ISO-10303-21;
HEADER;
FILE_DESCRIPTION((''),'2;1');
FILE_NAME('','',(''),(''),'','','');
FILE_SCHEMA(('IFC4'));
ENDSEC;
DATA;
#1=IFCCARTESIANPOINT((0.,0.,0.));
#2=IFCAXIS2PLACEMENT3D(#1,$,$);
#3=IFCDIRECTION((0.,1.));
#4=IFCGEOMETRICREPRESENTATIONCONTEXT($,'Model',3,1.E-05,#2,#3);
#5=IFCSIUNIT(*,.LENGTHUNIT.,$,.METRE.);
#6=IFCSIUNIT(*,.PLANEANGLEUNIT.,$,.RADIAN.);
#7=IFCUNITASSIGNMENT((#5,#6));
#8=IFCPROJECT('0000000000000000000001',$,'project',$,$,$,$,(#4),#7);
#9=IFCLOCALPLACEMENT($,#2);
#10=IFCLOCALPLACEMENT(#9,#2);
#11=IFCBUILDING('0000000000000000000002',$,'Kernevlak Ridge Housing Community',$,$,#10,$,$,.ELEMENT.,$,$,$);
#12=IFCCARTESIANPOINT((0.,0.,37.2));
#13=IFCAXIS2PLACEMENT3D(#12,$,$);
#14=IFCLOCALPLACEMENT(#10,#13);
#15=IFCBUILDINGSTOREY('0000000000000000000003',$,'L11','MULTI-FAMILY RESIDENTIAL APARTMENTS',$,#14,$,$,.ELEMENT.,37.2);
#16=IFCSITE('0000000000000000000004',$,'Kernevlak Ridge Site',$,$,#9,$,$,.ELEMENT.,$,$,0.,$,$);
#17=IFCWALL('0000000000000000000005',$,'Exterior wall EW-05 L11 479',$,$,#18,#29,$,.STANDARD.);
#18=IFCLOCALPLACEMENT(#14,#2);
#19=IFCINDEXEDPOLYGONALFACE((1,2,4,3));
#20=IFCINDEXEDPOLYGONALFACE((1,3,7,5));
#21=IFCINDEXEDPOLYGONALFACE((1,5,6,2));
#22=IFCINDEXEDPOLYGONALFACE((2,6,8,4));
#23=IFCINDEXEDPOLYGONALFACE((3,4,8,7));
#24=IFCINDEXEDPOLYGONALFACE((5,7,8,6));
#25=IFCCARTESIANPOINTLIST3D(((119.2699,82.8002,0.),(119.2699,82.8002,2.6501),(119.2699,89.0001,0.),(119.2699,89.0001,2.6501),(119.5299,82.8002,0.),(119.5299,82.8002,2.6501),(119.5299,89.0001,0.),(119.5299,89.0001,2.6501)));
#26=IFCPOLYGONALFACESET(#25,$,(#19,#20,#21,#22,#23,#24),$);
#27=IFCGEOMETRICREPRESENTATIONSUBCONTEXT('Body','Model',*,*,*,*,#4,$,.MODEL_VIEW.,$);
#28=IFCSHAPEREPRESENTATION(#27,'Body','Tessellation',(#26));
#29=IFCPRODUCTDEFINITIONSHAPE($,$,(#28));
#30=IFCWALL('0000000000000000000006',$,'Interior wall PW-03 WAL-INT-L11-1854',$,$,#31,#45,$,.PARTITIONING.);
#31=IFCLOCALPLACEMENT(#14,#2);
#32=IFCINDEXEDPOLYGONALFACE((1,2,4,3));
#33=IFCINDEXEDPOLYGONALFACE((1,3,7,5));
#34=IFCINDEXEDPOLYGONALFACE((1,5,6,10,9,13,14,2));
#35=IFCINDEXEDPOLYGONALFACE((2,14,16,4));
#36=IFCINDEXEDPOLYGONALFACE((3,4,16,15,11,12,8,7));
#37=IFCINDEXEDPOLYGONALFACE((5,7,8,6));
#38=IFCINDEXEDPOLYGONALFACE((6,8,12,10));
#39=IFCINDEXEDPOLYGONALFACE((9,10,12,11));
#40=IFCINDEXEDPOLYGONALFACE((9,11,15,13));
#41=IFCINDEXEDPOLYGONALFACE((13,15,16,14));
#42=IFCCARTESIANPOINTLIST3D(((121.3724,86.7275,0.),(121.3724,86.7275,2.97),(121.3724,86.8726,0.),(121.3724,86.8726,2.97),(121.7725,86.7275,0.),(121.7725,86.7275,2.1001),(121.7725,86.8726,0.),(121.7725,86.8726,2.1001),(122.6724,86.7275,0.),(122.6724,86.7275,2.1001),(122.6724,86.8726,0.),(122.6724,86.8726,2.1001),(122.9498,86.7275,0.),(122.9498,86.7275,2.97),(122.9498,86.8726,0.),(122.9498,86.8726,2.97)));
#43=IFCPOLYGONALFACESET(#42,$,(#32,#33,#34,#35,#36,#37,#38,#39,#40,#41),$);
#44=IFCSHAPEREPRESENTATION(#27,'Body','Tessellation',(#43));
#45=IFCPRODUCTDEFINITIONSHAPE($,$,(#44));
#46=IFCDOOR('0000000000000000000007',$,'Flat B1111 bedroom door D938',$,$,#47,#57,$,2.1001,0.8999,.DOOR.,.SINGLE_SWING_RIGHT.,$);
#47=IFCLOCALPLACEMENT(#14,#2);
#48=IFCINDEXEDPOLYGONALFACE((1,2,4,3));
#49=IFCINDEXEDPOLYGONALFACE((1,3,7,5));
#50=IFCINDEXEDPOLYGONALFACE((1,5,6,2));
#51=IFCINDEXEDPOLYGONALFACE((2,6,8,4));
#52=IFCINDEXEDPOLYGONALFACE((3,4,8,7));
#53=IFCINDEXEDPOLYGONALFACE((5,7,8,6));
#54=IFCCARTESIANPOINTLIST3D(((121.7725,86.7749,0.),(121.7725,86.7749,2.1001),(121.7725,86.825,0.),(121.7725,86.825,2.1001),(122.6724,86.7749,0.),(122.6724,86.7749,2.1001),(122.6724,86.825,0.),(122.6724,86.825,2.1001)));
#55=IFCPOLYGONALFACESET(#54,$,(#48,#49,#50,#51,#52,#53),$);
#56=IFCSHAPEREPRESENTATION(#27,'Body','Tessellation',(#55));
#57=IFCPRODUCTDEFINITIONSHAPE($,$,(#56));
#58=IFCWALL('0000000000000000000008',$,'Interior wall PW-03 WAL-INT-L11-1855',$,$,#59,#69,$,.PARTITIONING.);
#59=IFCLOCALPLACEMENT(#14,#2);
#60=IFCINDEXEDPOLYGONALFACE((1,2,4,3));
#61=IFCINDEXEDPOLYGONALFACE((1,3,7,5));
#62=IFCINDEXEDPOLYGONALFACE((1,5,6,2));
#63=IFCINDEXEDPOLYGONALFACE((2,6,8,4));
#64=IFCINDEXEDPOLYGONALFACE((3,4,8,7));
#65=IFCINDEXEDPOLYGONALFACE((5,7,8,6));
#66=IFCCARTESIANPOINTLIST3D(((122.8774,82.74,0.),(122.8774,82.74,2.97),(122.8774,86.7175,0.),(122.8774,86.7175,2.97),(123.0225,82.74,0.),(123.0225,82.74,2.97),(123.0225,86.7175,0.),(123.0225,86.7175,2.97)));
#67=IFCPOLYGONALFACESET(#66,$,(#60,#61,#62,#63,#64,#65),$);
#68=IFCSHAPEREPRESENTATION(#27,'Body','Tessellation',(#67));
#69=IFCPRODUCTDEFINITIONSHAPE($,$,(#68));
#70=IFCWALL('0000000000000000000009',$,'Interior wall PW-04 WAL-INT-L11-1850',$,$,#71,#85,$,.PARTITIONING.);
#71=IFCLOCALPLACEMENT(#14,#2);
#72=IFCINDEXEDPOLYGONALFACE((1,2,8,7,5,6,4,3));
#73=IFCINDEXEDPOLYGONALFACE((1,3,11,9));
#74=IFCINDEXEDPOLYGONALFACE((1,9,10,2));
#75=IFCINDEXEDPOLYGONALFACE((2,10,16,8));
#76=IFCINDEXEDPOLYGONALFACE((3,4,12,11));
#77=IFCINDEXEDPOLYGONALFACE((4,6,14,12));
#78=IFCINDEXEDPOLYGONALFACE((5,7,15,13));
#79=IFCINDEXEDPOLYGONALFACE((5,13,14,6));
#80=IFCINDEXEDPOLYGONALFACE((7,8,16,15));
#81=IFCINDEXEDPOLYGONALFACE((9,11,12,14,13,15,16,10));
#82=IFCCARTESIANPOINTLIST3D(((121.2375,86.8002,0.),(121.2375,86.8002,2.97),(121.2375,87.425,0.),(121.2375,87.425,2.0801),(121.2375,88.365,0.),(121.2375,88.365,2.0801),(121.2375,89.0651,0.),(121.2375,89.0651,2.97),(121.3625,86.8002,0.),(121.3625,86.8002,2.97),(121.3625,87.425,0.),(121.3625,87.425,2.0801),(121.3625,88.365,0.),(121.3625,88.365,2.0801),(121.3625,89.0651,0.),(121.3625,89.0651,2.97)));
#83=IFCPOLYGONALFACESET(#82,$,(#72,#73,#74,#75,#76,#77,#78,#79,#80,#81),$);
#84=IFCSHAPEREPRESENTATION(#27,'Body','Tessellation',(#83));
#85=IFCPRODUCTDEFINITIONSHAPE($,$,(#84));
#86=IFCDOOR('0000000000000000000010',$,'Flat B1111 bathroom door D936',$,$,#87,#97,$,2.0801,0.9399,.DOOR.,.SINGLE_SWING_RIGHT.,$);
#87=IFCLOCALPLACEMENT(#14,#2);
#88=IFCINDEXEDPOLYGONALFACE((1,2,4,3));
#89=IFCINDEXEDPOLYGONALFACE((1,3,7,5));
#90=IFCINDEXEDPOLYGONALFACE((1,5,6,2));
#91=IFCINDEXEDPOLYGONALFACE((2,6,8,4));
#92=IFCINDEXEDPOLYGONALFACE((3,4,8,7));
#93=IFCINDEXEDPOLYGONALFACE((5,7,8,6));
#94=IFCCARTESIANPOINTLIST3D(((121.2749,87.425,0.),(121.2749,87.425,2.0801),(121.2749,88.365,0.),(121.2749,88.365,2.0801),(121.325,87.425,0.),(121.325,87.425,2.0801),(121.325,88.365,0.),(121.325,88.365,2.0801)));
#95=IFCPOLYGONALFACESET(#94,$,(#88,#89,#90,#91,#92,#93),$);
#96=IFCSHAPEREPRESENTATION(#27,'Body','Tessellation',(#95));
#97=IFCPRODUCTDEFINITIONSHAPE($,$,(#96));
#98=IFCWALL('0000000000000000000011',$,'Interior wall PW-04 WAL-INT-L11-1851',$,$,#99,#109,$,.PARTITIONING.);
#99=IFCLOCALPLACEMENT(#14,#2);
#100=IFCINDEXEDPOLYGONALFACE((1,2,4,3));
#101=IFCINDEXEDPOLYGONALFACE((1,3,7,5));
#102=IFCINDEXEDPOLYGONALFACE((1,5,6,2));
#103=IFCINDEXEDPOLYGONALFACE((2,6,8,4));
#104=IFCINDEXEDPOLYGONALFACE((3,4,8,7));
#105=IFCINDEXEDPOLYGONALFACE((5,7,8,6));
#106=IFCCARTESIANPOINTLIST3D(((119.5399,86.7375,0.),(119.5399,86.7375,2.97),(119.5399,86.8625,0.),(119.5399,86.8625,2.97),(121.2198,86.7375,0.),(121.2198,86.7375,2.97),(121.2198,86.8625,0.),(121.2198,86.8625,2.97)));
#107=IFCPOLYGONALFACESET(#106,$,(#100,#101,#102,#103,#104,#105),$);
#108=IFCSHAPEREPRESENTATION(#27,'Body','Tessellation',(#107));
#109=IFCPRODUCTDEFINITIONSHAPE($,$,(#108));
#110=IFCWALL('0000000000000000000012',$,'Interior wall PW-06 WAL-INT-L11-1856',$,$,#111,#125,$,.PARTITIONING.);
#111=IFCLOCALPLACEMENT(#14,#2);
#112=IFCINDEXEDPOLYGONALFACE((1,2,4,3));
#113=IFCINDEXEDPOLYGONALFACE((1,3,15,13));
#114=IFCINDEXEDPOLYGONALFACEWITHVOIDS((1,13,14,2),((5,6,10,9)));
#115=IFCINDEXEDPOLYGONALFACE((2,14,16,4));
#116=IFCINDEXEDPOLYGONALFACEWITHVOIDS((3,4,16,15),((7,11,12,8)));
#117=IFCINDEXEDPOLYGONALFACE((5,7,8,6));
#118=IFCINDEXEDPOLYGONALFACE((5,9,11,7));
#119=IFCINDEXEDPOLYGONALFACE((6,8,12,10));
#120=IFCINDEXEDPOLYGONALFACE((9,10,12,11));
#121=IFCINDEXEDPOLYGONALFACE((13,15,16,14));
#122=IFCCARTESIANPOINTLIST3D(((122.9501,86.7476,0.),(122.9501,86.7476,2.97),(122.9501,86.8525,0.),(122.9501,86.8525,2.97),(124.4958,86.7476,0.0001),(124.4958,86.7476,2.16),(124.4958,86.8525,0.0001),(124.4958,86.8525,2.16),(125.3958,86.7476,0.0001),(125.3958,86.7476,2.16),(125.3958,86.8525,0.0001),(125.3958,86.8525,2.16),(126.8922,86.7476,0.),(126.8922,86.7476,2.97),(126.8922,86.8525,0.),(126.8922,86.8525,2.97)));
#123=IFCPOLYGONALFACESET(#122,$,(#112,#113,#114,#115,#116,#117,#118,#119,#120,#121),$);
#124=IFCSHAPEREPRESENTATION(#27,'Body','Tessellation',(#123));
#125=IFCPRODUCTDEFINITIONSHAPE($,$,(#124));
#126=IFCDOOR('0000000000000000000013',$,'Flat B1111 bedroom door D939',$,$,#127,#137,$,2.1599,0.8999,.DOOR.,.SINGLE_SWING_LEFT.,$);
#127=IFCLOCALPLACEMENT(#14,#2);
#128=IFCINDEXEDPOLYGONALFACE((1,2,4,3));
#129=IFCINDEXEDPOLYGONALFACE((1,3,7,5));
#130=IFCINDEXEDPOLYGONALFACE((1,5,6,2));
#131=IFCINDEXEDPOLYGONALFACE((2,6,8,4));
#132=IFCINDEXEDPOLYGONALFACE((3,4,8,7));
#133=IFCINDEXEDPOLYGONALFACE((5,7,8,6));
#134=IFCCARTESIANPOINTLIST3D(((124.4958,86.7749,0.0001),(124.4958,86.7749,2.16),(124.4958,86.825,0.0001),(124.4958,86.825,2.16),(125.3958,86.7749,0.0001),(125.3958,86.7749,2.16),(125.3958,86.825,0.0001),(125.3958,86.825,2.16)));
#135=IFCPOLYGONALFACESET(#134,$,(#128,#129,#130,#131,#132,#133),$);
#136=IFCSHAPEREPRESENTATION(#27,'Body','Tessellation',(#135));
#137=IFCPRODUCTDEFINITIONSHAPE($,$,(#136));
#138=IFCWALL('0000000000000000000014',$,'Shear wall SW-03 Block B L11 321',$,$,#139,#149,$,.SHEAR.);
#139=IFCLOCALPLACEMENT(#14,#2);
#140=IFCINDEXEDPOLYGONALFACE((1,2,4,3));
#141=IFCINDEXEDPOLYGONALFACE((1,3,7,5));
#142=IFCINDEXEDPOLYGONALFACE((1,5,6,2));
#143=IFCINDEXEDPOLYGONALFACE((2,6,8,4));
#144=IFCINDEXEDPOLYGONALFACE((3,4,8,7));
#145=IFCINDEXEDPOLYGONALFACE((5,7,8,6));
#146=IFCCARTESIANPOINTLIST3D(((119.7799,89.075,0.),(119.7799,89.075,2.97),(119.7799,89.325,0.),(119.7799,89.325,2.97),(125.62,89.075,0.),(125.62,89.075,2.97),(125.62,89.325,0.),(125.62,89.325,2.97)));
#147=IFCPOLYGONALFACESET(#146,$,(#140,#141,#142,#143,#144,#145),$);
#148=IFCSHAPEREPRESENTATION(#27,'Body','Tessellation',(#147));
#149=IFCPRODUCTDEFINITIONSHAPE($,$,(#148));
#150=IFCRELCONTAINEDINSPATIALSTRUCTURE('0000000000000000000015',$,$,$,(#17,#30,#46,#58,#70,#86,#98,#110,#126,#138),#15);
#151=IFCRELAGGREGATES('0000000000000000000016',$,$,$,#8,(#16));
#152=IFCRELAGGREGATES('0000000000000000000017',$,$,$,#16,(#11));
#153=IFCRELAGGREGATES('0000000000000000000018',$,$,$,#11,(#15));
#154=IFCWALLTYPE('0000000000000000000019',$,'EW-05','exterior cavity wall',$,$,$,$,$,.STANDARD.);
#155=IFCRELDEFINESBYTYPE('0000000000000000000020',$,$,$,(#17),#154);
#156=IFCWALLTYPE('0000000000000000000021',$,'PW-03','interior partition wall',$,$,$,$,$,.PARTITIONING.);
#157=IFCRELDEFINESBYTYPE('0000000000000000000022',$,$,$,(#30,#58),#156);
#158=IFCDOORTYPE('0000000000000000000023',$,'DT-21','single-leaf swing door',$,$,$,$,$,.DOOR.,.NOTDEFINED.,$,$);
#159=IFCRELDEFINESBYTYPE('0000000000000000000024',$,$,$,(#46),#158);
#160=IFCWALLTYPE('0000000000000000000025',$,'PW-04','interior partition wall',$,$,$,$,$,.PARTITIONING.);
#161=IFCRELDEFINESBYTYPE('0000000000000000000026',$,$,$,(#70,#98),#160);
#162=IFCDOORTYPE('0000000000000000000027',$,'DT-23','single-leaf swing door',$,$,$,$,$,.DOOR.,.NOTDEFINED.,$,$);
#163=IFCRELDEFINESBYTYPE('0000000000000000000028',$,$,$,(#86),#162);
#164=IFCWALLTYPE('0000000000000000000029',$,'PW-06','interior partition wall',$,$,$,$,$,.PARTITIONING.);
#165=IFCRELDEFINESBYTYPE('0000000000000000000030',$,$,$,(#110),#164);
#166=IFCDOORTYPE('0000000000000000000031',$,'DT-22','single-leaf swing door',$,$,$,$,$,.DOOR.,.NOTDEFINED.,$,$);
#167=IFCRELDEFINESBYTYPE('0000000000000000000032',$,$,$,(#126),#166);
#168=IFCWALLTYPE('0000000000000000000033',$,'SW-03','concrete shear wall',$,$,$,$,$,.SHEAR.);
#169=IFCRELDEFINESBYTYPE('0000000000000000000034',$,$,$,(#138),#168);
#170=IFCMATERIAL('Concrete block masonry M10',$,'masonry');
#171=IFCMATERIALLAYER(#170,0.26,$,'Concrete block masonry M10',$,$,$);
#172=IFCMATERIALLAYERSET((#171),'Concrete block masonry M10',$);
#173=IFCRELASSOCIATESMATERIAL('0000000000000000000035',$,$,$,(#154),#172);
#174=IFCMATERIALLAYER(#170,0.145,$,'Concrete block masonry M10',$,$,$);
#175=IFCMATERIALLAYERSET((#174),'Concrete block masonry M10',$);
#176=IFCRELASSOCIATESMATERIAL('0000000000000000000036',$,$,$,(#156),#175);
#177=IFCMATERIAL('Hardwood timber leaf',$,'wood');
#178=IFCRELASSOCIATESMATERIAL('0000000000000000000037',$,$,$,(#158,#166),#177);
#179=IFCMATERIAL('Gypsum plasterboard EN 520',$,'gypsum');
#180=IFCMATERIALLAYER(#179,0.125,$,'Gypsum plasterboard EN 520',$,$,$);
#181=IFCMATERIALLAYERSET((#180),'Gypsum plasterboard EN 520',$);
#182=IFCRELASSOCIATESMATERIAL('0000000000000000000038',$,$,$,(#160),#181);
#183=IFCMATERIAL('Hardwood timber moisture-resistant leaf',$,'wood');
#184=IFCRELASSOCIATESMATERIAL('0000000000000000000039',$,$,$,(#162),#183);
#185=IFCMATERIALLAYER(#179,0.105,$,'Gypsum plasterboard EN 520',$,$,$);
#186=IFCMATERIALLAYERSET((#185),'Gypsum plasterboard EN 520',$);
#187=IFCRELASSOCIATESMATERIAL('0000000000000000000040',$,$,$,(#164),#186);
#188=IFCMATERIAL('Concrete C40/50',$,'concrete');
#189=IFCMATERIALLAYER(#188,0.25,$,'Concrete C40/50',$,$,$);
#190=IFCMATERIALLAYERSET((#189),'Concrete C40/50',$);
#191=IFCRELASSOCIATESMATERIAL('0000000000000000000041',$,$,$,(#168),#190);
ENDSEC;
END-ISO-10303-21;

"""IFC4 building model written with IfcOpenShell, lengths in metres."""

from ifc_helpers import new_model, si_unit, direction, frame, frame_2d, origin, place, context, subcontext, project, spatial, rectangle, extrude, material, layer, layer_set, type_object, element, fill, save


model = new_model("IFC4")

# Units and contexts
model_context = context("Model", 3, precision=1e-05, world=origin(), true_north=direction((0.0, 1.0)))
body_context = subcontext(model_context, "Body", "Model", "MODEL_VIEW")
ifc_project = project(units=[si_unit("LENGTHUNIT", "METRE"), si_unit("PLANEANGLEUNIT", "RADIAN")], contexts=[model_context])

# Site, building, storey
site_placement = place(None, origin())
site = spatial("IfcSite", under=ifc_project, at=site_placement, Name="Kernevlak Ridge Site", CompositionType="ELEMENT", RefElevation=0.0)
building_placement = place(site_placement, origin())
building = spatial("IfcBuilding", under=site, at=building_placement, Name="Kernevlak Ridge Housing Community", CompositionType="ELEMENT")
storey_placement = place(building_placement, frame((0.0, 0.0, 37.2)))
storey = spatial("IfcBuildingStorey", under=building, at=storey_placement, Name="L11", Description="MULTI-FAMILY RESIDENTIAL APARTMENTS", CompositionType="ELEMENT", Elevation=37.2)

# Wall
ifc_material_1 = material(Name="Concrete block masonry M10", Category="masonry")
ifc_layer_1 = layer(ifc_material_1, 0.26, Name="Concrete block masonry M10")
ifc_layer_set_1 = layer_set([ifc_layer_1], Name="Concrete block masonry M10")
wall_type_1 = type_object("IfcWallType", Name="EW-05", Description="exterior cavity wall", PredefinedType="STANDARD", material=ifc_layer_set_1)
wall_1_placement = place(storey_placement, frame((119.3999, 82.8, 0.0), z_axis=(0.0, 0.0, 1.0), x_axis=(0.0, 1.0, 0.0)))
element("IfcWall", 1, at=wall_1_placement, inside=storey, type_object=wall_type_1, Name="Exterior wall EW-05 L11 479", PredefinedType="STANDARD", context=body_context, shape_type="SweptSolid", body=[
    extrude(rectangle(XDim=6.2, YDim=0.26, at=frame_2d((3.1001, 0.0))), origin(), (0.0, 0.0, 1.0), 2.6501),
])

# Wall, opening, door
ifc_layer_2 = layer(ifc_material_1, 0.145, Name="Concrete block masonry M10")
ifc_layer_set_2 = layer_set([ifc_layer_2], Name="Concrete block masonry M10")
wall_type_2 = type_object("IfcWallType", Name="PW-03", Description="interior partition wall", PredefinedType="PARTITIONING", material=ifc_layer_set_2)
wall_2_placement = place(storey_placement, frame((121.3726, 86.8, 0.0), z_axis=(0.0, 0.0, 1.0), x_axis=(1.0, 0.0, 0.0)))
wall_2 = element("IfcWall", 2, at=wall_2_placement, inside=storey, type_object=wall_type_2, Name="Interior wall PW-03 WAL-INT-L11-1854", PredefinedType="PARTITIONING", context=body_context, shape_type="SweptSolid", body=[
    extrude(rectangle(XDim=1.5774, YDim=0.145, at=frame_2d((0.7886, 0.0))), origin(), (0.0, 0.0, 1.0), 2.97),
])
opening_1_placement = place(wall_2_placement, frame((0.3999, 0.0, 0.0)))
opening_1 = element("IfcOpeningElement", 3, at=opening_1_placement, cuts=wall_2, PredefinedType="OPENING", context=body_context, shape_type="SweptSolid", body=[
    extrude(rectangle(XDim=0.8999, YDim=2.1001, at=frame_2d((0.45, 1.05))), frame((0.0, 0.0825, 0.0), z_axis=(0.0, -1.0, 0.0), x_axis=(1.0, 0.0, 0.0)), (0.0, 0.0, 1.0), 0.165),
])
ifc_material_2 = material(Name="Hardwood timber leaf", Category="wood")
door_type_1 = type_object("IfcDoorType", Name="DT-21", Description="single-leaf swing door", OperationType="NOTDEFINED", PredefinedType="DOOR", material=ifc_material_2)
door_1_placement = place(opening_1_placement, origin())
door_1 = element("IfcDoor", 4, at=door_1_placement, inside=storey, type_object=door_type_1, Name="Flat B1111 bedroom door D938", OperationType="SINGLE_SWING_RIGHT", OverallHeight=2.1001, OverallWidth=0.8999, PredefinedType="DOOR", context=body_context, shape_type="SweptSolid", body=[
    extrude(rectangle(XDim=0.8999, YDim=2.1001, at=frame_2d((0.45, 1.05))), frame((0.0, 0.0249, 0.0), z_axis=(0.0, -1.0, 0.0), x_axis=(1.0, 0.0, 0.0)), (0.0, 0.0, 1.0), 0.05),
])
fill(opening_1, door_1)

# Wall
wall_3_placement = place(storey_placement, frame((122.95, 86.7175, 0.0), z_axis=(0.0, 0.0, 1.0), x_axis=(0.0, -1.0, 0.0)))
element("IfcWall", 5, at=wall_3_placement, inside=storey, type_object=wall_type_2, Name="Interior wall PW-03 WAL-INT-L11-1855", PredefinedType="PARTITIONING", context=body_context, shape_type="SweptSolid", body=[
    extrude(rectangle(XDim=3.9775, YDim=0.145, at=frame_2d((1.9888, 0.0))), origin(), (0.0, 0.0, 1.0), 2.97),
])

# Wall, opening, door
ifc_material_3 = material(Name="Gypsum plasterboard EN 520", Category="gypsum")
ifc_layer_3 = layer(ifc_material_3, 0.125, Name="Gypsum plasterboard EN 520")
ifc_layer_set_3 = layer_set([ifc_layer_3], Name="Gypsum plasterboard EN 520")
wall_type_3 = type_object("IfcWallType", Name="PW-04", Description="interior partition wall", PredefinedType="PARTITIONING", material=ifc_layer_set_3)
wall_4_placement = place(storey_placement, frame((121.3, 89.0649, 0.0), z_axis=(0.0, 0.0, 1.0), x_axis=(0.0, -1.0, 0.0)))
wall_4 = element("IfcWall", 6, at=wall_4_placement, inside=storey, type_object=wall_type_3, Name="Interior wall PW-04 WAL-INT-L11-1850", PredefinedType="PARTITIONING", context=body_context, shape_type="SweptSolid", body=[
    extrude(rectangle(XDim=2.2649, YDim=0.125, at=frame_2d((1.1323, 0.0))), origin(), (0.0, 0.0, 1.0), 2.97),
])
opening_2_placement = place(wall_4_placement, frame((0.7, 0.0, 0.0)))
opening_2 = element("IfcOpeningElement", 7, at=opening_2_placement, cuts=wall_4, PredefinedType="OPENING", context=body_context, shape_type="SweptSolid", body=[
    extrude(rectangle(XDim=0.9399, YDim=2.0801, at=frame_2d((0.47, 1.04))), frame((0.0, 0.0725, 0.0), z_axis=(0.0, -1.0, 0.0), x_axis=(1.0, 0.0, 0.0)), (0.0, 0.0, 1.0), 0.145),
])
ifc_material_4 = material(Name="Hardwood timber moisture-resistant leaf", Category="wood")
door_type_2 = type_object("IfcDoorType", Name="DT-23", Description="single-leaf swing door", OperationType="NOTDEFINED", PredefinedType="DOOR", material=ifc_material_4)
door_2_placement = place(opening_2_placement, origin())
door_2 = element("IfcDoor", 8, at=door_2_placement, inside=storey, type_object=door_type_2, Name="Flat B1111 bathroom door D936", OperationType="SINGLE_SWING_RIGHT", OverallHeight=2.0801, OverallWidth=0.9399, PredefinedType="DOOR", context=body_context, shape_type="SweptSolid", body=[
    extrude(rectangle(XDim=0.9399, YDim=2.0801, at=frame_2d((0.47, 1.04))), frame((0.0, 0.0249, 0.0), z_axis=(0.0, -1.0, 0.0), x_axis=(1.0, 0.0, 0.0)), (0.0, 0.0, 1.0), 0.05),
])
fill(opening_2, door_2)

# Wall
wall_5_placement = place(storey_placement, frame((119.54, 86.8, 0.0), z_axis=(0.0, 0.0, 1.0), x_axis=(1.0, 0.0, 0.0)))
element("IfcWall", 9, at=wall_5_placement, inside=storey, type_object=wall_type_3, Name="Interior wall PW-04 WAL-INT-L11-1851", PredefinedType="PARTITIONING", context=body_context, shape_type="SweptSolid", body=[
    extrude(rectangle(XDim=1.6799, YDim=0.125, at=frame_2d((0.8398, 0.0))), origin(), (0.0, 0.0, 1.0), 2.97),
])

# Wall, opening, door
ifc_layer_4 = layer(ifc_material_3, 0.105, Name="Gypsum plasterboard EN 520")
ifc_layer_set_4 = layer_set([ifc_layer_4], Name="Gypsum plasterboard EN 520")
wall_type_4 = type_object("IfcWallType", Name="PW-06", Description="interior partition wall", PredefinedType="PARTITIONING", material=ifc_layer_set_4)
wall_6_placement = place(storey_placement, frame((122.95, 86.8, 0.0), z_axis=(0.0, 0.0, 1.0), x_axis=(1.0, 0.0, 0.0)))
wall_6 = element("IfcWall", 10, at=wall_6_placement, inside=storey, type_object=wall_type_4, Name="Interior wall PW-06 WAL-INT-L11-1856", PredefinedType="PARTITIONING", context=body_context, shape_type="SweptSolid", body=[
    extrude(rectangle(XDim=3.9421, YDim=0.105, at=frame_2d((1.9712, 0.0))), origin(), (0.0, 0.0, 1.0), 2.97),
])
opening_3_placement = place(wall_6_placement, frame((1.5459, 0.0, 0.0)))
opening_3 = element("IfcOpeningElement", 11, at=opening_3_placement, cuts=wall_6, PredefinedType="OPENING", context=body_context, shape_type="SweptSolid", body=[
    extrude(rectangle(XDim=0.8999, YDim=2.1599, at=frame_2d((0.45, 1.0801))), frame((0.0, 0.0625, 0.0), z_axis=(0.0, -1.0, 0.0), x_axis=(1.0, 0.0, 0.0)), (0.0, 0.0, 1.0), 0.125),
])
door_type_3 = type_object("IfcDoorType", Name="DT-22", Description="single-leaf swing door", OperationType="NOTDEFINED", PredefinedType="DOOR", material=ifc_material_2)
door_3_placement = place(opening_3_placement, origin())
door_3 = element("IfcDoor", 12, at=door_3_placement, inside=storey, type_object=door_type_3, Name="Flat B1111 bedroom door D939", OperationType="SINGLE_SWING_LEFT", OverallHeight=2.1599, OverallWidth=0.8999, PredefinedType="DOOR", context=body_context, shape_type="SweptSolid", body=[
    extrude(rectangle(XDim=0.8999, YDim=2.1599, at=frame_2d((0.45, 1.0801))), frame((0.0, 0.0249, 0.0), z_axis=(0.0, -1.0, 0.0), x_axis=(1.0, 0.0, 0.0)), (0.0, 0.0, 1.0), 0.05),
])
fill(opening_3, door_3)

# Wall
ifc_material_5 = material(Name="Concrete C40/50", Category="concrete")
ifc_layer_5 = layer(ifc_material_5, 0.25, Name="Concrete C40/50")
ifc_layer_set_5 = layer_set([ifc_layer_5], Name="Concrete C40/50")
wall_type_5 = type_object("IfcWallType", Name="SW-03", Description="concrete shear wall", PredefinedType="SHEAR", material=ifc_layer_set_5)
wall_7_placement = place(storey_placement, frame((119.78, 89.2, 0.0), z_axis=(0.0, 0.0, 1.0), x_axis=(1.0, 0.0, 0.0)))
element("IfcWall", 13, at=wall_7_placement, inside=storey, type_object=wall_type_5, Name="Shear wall SW-03 Block B L11 321", PredefinedType="SHEAR", context=body_context, shape_type="SweptSolid", body=[
    extrude(rectangle(XDim=5.8401, YDim=0.25, at=frame_2d((2.9199, 0.0))), origin(), (0.0, 0.0, 1.0), 2.97),
])

save(model, "model.ifc")
